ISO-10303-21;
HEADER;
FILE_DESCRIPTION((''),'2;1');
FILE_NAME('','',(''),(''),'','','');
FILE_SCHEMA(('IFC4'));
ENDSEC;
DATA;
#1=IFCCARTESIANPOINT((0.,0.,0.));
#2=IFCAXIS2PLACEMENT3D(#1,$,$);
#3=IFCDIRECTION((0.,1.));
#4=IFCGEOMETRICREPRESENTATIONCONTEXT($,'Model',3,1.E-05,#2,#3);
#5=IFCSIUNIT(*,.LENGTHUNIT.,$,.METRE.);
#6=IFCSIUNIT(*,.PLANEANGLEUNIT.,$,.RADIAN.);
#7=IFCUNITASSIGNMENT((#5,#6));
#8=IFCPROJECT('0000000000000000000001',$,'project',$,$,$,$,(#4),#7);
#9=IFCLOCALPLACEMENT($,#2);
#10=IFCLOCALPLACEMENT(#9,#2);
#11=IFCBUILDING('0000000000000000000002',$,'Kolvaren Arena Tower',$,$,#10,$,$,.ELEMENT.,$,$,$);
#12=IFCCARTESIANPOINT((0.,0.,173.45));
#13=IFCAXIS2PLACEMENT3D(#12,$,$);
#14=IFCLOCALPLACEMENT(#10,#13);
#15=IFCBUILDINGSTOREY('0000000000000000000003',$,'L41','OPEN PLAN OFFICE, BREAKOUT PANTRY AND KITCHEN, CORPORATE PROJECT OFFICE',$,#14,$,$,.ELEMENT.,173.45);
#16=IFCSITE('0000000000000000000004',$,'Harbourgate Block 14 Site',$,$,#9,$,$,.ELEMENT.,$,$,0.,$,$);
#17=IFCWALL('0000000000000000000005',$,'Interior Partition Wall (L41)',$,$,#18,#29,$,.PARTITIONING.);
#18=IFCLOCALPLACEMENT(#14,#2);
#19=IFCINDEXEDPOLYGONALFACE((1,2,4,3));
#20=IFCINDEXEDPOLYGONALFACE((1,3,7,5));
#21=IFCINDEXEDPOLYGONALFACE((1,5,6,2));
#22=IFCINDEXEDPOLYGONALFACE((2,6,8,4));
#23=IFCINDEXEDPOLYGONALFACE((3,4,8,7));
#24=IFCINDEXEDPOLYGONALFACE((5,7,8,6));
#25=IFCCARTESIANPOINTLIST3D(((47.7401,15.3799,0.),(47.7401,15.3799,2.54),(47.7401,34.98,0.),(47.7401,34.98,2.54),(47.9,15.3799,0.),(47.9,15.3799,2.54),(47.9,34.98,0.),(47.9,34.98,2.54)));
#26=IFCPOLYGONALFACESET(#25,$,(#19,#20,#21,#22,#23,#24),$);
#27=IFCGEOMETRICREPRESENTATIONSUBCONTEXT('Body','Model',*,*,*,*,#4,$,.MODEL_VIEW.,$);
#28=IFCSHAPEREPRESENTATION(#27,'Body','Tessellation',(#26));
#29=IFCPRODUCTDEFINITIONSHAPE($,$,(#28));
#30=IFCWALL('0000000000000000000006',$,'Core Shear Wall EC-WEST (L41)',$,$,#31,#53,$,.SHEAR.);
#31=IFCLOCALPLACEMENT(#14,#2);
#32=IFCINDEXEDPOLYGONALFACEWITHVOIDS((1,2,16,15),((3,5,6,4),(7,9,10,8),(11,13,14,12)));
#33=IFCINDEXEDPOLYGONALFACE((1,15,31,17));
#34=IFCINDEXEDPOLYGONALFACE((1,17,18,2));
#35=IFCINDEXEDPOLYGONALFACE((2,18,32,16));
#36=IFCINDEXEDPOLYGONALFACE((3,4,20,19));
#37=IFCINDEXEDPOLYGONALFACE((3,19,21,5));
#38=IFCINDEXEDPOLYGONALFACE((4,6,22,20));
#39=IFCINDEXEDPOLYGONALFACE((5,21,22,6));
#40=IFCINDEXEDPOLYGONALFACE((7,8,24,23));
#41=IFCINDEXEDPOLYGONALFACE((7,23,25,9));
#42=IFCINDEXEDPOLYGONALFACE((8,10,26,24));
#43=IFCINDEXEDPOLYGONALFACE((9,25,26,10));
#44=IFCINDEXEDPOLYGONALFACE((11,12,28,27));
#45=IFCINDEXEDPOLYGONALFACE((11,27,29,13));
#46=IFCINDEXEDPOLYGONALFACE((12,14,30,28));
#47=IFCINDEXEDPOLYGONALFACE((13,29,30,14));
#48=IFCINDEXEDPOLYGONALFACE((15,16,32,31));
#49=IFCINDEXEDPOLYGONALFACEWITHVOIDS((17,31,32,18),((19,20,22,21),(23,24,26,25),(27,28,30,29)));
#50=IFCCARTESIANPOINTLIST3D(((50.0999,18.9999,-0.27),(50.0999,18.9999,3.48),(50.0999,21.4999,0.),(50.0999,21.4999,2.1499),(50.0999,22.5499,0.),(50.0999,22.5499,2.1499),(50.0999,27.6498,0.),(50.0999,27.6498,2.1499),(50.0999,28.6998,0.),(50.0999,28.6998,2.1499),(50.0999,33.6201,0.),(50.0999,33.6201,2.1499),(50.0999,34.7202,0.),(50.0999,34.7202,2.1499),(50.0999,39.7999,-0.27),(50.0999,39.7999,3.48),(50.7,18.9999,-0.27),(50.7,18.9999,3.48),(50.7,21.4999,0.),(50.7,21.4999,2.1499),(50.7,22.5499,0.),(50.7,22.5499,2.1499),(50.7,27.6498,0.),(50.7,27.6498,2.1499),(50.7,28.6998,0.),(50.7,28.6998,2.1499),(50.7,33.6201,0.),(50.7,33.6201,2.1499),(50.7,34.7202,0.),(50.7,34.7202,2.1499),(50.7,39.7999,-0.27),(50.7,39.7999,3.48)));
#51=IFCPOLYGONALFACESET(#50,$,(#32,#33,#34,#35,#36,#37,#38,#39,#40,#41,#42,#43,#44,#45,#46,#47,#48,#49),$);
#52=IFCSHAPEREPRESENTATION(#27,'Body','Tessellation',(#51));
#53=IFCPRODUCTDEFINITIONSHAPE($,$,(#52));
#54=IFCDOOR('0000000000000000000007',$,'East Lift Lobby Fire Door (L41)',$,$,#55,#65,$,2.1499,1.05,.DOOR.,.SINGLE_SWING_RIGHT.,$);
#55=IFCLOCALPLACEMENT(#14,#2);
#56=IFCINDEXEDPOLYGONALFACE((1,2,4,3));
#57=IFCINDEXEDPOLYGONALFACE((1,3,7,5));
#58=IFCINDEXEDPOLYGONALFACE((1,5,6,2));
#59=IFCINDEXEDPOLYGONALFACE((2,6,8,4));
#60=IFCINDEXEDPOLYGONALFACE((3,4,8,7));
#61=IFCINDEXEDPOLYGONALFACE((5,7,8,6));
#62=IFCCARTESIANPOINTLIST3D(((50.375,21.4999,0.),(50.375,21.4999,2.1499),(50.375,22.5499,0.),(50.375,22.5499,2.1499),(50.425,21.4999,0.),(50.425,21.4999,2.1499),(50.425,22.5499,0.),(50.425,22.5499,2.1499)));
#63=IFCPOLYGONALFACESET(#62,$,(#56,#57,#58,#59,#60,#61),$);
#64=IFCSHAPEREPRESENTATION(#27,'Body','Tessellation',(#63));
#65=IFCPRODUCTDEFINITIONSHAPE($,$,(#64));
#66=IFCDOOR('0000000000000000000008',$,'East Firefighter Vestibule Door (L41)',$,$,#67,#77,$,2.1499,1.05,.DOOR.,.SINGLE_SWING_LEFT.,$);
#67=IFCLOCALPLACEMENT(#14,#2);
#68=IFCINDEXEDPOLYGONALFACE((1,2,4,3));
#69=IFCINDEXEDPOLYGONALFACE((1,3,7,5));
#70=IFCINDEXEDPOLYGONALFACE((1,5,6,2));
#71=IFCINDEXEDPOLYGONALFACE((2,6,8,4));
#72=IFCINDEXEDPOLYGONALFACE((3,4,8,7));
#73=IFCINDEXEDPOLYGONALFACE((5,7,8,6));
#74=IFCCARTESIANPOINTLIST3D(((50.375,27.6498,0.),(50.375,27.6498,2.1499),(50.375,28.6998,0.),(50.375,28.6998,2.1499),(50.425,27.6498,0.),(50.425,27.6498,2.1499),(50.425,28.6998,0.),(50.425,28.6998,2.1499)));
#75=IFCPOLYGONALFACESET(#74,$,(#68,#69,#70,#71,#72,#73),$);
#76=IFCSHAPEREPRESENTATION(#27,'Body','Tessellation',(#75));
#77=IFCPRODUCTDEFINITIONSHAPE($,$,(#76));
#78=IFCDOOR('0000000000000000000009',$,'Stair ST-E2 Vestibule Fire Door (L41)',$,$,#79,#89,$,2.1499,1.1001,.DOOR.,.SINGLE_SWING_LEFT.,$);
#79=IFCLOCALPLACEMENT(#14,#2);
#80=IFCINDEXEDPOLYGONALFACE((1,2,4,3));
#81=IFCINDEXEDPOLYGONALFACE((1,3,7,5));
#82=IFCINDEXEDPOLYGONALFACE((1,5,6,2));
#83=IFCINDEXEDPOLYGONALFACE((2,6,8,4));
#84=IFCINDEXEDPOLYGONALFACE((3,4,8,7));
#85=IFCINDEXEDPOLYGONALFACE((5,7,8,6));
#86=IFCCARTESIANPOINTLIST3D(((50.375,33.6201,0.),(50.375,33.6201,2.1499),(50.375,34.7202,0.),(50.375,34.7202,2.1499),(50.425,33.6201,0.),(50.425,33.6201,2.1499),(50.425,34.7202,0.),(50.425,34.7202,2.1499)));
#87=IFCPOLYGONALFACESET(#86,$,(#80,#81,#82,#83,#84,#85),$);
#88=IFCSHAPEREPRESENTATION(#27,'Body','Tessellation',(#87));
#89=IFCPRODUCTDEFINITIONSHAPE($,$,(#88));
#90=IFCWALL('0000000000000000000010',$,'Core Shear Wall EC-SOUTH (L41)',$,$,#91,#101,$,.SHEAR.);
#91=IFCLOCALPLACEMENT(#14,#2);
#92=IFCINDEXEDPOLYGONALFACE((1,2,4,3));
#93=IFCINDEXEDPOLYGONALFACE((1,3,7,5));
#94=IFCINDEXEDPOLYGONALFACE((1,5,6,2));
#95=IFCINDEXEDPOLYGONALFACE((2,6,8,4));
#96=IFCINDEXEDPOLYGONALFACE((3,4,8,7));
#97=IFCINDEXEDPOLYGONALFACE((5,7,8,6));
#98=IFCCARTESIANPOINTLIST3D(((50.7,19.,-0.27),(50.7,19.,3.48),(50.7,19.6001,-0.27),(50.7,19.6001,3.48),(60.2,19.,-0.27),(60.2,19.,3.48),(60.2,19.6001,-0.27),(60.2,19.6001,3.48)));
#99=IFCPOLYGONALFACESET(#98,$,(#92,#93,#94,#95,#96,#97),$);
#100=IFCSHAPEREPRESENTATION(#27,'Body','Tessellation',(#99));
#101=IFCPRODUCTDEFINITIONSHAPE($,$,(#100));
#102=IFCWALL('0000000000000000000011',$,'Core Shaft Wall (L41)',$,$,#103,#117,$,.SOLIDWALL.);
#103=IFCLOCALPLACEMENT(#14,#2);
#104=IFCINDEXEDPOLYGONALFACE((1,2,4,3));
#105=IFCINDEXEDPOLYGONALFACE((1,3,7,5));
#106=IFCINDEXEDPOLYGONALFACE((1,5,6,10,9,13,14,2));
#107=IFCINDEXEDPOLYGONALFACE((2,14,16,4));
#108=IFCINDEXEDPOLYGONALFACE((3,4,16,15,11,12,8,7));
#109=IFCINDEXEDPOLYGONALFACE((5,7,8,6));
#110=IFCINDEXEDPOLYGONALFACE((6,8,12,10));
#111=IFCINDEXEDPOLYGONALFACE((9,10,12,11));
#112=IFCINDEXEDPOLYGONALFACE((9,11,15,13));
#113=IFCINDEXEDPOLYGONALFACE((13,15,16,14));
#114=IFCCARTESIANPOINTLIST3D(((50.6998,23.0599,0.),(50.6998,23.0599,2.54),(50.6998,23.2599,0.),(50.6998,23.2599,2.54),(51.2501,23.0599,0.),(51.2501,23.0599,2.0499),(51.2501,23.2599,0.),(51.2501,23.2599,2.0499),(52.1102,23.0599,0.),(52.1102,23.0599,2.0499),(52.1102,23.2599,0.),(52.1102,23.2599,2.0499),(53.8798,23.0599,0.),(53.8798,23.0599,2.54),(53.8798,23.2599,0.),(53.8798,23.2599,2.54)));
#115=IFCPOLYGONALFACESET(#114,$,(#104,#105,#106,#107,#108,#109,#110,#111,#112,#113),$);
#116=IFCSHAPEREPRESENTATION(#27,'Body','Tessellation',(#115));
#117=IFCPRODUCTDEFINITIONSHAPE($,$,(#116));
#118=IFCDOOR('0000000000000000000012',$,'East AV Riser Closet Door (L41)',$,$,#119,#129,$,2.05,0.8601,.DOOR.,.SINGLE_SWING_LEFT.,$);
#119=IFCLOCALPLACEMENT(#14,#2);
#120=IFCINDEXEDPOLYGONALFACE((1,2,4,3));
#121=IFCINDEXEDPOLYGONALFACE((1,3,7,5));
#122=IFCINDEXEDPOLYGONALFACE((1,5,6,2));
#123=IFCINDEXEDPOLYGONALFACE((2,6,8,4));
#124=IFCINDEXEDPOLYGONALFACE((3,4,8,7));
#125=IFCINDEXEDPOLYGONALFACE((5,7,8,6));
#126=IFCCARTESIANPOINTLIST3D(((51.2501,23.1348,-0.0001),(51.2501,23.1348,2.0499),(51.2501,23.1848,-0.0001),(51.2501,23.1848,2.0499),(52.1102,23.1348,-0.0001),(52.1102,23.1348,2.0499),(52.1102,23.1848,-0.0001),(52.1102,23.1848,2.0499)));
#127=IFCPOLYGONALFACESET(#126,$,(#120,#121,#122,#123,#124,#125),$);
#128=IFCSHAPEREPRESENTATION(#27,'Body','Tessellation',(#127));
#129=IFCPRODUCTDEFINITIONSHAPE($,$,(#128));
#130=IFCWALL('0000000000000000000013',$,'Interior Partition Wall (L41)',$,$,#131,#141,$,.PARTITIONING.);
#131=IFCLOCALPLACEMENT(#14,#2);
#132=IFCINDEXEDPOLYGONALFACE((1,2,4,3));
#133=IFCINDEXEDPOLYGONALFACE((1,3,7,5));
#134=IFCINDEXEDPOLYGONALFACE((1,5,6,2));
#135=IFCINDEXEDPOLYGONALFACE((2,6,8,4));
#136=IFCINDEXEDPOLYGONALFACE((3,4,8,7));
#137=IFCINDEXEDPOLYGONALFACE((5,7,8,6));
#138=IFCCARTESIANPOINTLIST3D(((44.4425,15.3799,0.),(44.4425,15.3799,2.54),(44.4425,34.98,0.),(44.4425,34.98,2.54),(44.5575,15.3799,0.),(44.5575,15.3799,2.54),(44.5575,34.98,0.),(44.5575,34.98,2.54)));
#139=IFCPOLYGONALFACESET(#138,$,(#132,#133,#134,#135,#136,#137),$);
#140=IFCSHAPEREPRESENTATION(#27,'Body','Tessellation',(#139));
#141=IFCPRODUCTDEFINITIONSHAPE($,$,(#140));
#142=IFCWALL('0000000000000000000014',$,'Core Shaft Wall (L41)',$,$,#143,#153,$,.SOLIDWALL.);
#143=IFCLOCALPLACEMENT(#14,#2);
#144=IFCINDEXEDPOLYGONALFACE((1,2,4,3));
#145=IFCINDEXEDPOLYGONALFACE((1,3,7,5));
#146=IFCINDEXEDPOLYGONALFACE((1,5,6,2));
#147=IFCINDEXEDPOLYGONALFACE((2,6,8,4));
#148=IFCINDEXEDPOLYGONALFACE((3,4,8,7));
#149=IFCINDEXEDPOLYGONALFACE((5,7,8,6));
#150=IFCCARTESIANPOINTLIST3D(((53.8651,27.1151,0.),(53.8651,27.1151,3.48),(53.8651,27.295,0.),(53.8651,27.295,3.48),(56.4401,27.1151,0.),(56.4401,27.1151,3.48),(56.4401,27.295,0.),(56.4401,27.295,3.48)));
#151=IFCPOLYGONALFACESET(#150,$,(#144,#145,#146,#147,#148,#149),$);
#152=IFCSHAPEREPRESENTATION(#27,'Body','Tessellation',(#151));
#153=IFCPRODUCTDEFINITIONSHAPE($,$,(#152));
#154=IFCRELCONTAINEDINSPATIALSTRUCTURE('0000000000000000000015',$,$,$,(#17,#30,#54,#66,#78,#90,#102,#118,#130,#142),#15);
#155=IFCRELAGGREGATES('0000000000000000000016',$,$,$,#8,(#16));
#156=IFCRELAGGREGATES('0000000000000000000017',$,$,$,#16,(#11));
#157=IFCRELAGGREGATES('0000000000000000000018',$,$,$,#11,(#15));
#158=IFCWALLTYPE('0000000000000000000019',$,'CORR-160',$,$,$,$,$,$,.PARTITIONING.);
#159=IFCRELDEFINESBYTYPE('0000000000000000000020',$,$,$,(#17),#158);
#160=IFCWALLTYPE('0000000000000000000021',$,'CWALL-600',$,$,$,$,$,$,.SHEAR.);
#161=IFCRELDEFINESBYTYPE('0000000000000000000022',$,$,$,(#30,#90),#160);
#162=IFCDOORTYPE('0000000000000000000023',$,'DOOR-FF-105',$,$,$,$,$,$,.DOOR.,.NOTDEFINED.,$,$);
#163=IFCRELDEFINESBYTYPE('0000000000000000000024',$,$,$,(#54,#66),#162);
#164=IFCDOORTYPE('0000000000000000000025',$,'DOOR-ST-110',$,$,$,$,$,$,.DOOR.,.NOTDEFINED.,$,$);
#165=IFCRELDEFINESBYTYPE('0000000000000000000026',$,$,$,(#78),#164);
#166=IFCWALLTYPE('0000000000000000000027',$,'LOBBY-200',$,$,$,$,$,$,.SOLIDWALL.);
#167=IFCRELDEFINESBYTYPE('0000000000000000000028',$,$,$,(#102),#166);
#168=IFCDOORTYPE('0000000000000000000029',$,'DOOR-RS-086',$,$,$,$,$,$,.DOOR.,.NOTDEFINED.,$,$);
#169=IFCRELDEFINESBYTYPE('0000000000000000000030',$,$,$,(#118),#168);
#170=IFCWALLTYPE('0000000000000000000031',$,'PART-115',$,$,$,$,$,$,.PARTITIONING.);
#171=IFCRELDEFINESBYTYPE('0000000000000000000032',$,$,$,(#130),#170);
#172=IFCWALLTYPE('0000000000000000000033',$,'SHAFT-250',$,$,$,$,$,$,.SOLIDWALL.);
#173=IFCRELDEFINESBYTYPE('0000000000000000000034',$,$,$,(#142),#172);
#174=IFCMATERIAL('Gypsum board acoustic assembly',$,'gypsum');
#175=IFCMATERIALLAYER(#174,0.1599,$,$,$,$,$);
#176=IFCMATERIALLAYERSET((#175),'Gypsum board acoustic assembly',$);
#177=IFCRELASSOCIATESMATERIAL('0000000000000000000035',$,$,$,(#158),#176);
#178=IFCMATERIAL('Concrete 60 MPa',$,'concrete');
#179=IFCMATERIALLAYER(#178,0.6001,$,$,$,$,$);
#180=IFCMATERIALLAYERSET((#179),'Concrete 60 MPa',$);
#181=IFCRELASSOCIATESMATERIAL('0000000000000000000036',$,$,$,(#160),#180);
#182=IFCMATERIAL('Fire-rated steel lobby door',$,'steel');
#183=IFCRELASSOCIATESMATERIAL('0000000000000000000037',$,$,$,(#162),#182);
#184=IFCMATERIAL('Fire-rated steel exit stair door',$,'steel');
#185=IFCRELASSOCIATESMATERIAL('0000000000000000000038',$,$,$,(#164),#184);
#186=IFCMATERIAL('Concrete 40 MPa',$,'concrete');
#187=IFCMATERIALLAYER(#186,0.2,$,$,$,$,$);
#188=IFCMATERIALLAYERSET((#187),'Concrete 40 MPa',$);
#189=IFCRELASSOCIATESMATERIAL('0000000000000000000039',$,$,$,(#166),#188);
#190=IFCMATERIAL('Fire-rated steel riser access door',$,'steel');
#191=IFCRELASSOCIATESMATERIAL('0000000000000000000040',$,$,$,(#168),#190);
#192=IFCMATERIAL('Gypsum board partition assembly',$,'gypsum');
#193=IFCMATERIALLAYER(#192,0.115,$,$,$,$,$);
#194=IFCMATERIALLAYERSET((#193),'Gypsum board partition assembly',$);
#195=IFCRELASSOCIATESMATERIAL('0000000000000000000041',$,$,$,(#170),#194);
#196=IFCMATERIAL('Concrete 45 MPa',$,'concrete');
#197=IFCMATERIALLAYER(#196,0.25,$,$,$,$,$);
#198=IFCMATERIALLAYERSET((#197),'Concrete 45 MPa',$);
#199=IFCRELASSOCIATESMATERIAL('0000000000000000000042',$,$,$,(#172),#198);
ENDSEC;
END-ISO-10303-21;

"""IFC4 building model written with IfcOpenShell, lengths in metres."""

from ifc_helpers import new_model, si_unit, direction, frame, frame_2d, origin, place, context, subcontext, project, spatial, rectangle, extrude, material, layer, layer_set, type_object, element, fill, save


model = new_model("IFC4")

# Units and contexts
model_context = context("Model", 3, precision=1e-05, world=origin(), true_north=direction((0.0, 1.0)))
body_context = subcontext(model_context, "Body", "Model", "MODEL_VIEW")
ifc_project = project(units=[si_unit("LENGTHUNIT", "METRE"), si_unit("PLANEANGLEUNIT", "RADIAN")], contexts=[model_context])

# Site, building, storey
site_placement = place(None, origin())
site = spatial("IfcSite", under=ifc_project, at=site_placement, Name="Harbourgate Block 14 Site", CompositionType="ELEMENT", RefElevation=0.0)
building_placement = place(site_placement, origin())
building = spatial("IfcBuilding", under=site, at=building_placement, Name="Kolvaren Arena Tower", CompositionType="ELEMENT")
storey_placement = place(building_placement, frame((0.0, 0.0, 173.45)))
storey = spatial("IfcBuildingStorey", under=building, at=storey_placement, Name="L41", Description="OPEN PLAN OFFICE, BREAKOUT PANTRY AND KITCHEN, CORPORATE PROJECT OFFICE", CompositionType="ELEMENT", Elevation=173.45)

# Wall
ifc_material_1 = material(Name="Gypsum board acoustic assembly", Category="gypsum")
ifc_layer_1 = layer(ifc_material_1, 0.1599)
ifc_layer_set_1 = layer_set([ifc_layer_1], Name="Gypsum board acoustic assembly")
wall_type_1 = type_object("IfcWallType", Name="CORR-160", PredefinedType="PARTITIONING", material=ifc_layer_set_1)
wall_1_placement = place(storey_placement, frame((47.8201, 15.3799, 0.0), z_axis=(0.0, 0.0, 1.0), x_axis=(0.0, 1.0, 0.0)))
element("IfcWall", 1, at=wall_1_placement, inside=storey, type_object=wall_type_1, Name="Interior Partition Wall (L41)", PredefinedType="PARTITIONING", context=body_context, shape_type="SweptSolid", body=[
    extrude(rectangle(XDim=19.6001, YDim=0.1599, at=frame_2d((9.8, 0.0))), origin(), (0.0, 0.0, 1.0), 2.54),
])

# Wall, openings, doors
ifc_material_2 = material(Name="Concrete 60 MPa", Category="concrete")
ifc_layer_2 = layer(ifc_material_2, 0.6001)
ifc_layer_set_2 = layer_set([ifc_layer_2], Name="Concrete 60 MPa")
wall_type_2 = type_object("IfcWallType", Name="CWALL-600", PredefinedType="SHEAR", material=ifc_layer_set_2)
wall_2_placement = place(storey_placement, frame((50.3999, 19.0, -0.27), z_axis=(0.0, 0.0, 1.0), x_axis=(0.0, 1.0, 0.0)))
wall_2 = element("IfcWall", 2, at=wall_2_placement, inside=storey, type_object=wall_type_2, Name="Core Shear Wall EC-WEST (L41)", PredefinedType="SHEAR", context=body_context, shape_type="SweptSolid", body=[
    extrude(rectangle(XDim=20.8, YDim=0.6001, at=frame_2d((10.3999, 0.0))), origin(), (0.0, 0.0, 1.0), 3.75),
])
opening_1_placement = place(wall_2_placement, frame((2.5, 0.0, 0.27)))
opening_1 = element("IfcOpeningElement", 3, at=opening_1_placement, cuts=wall_2, PredefinedType="OPENING", context=body_context, shape_type="SweptSolid", body=[
    extrude(rectangle(XDim=1.05, YDim=2.1499, at=frame_2d((0.5249, 1.075))), frame((0.0, 0.3101, 0.0), z_axis=(0.0, -1.0, 0.0), x_axis=(1.0, 0.0, 0.0)), (0.0, 0.0, 1.0), 0.6201),
])
opening_2_placement = place(wall_2_placement, frame((8.6499, 0.0, 0.27)))
opening_2 = element("IfcOpeningElement", 4, at=opening_2_placement, cuts=wall_2, PredefinedType="OPENING", context=body_context, shape_type="SweptSolid", body=[
    extrude(rectangle(XDim=1.05, YDim=2.1499, at=frame_2d((0.5249, 1.075))), frame((0.0, 0.3101, 0.0), z_axis=(0.0, -1.0, 0.0), x_axis=(1.0, 0.0, 0.0)), (0.0, 0.0, 1.0), 0.6201),
])
opening_3_placement = place(wall_2_placement, frame((14.6201, 0.0, 0.27)))
opening_3 = element("IfcOpeningElement", 5, at=opening_3_placement, cuts=wall_2, PredefinedType="OPENING", context=body_context, shape_type="SweptSolid", body=[
    extrude(rectangle(XDim=1.1001, YDim=2.1499, at=frame_2d((0.55, 1.075))), frame((0.0, 0.3101, 0.0), z_axis=(0.0, -1.0, 0.0), x_axis=(1.0, 0.0, 0.0)), (0.0, 0.0, 1.0), 0.6201),
])
ifc_material_3 = material(Name="Fire-rated steel lobby door", Category="steel")
door_type_1 = type_object("IfcDoorType", Name="DOOR-FF-105", OperationType="NOTDEFINED", PredefinedType="DOOR", material=ifc_material_3)
door_1_placement = place(opening_1_placement, origin())
door_1 = element("IfcDoor", 6, at=door_1_placement, inside=storey, type_object=door_type_1, Name="East Lift Lobby Fire Door (L41)", OperationType="SINGLE_SWING_RIGHT", OverallHeight=2.1499, OverallWidth=1.05, PredefinedType="DOOR", context=body_context, shape_type="SweptSolid", body=[
    extrude(rectangle(XDim=1.05, YDim=2.1499, at=frame_2d((0.5249, 1.075))), frame((0.0, 0.0249, 0.0), z_axis=(0.0, -1.0, 0.0), x_axis=(1.0, 0.0, 0.0)), (0.0, 0.0, 1.0), 0.05),
])
fill(opening_1, door_1)
door_2_placement = place(opening_2_placement, origin())
door_2 = element("IfcDoor", 7, at=door_2_placement, inside=storey, type_object=door_type_1, Name="East Firefighter Vestibule Door (L41)", OperationType="SINGLE_SWING_LEFT", OverallHeight=2.1499, OverallWidth=1.05, PredefinedType="DOOR", context=body_context, shape_type="SweptSolid", body=[
    extrude(rectangle(XDim=1.05, YDim=2.1499, at=frame_2d((0.5249, 1.075))), frame((0.0, 0.0249, 0.0), z_axis=(0.0, -1.0, 0.0), x_axis=(1.0, 0.0, 0.0)), (0.0, 0.0, 1.0), 0.05),
])
fill(opening_2, door_2)
ifc_material_4 = material(Name="Fire-rated steel exit stair door", Category="steel")
door_type_2 = type_object("IfcDoorType", Name="DOOR-ST-110", OperationType="NOTDEFINED", PredefinedType="DOOR", material=ifc_material_4)
door_3_placement = place(opening_3_placement, origin())
door_3 = element("IfcDoor", 8, at=door_3_placement, inside=storey, type_object=door_type_2, Name="Stair ST-E2 Vestibule Fire Door (L41)", OperationType="SINGLE_SWING_LEFT", OverallHeight=2.1499, OverallWidth=1.1001, PredefinedType="DOOR", context=body_context, shape_type="SweptSolid", body=[
    extrude(rectangle(XDim=1.1001, YDim=2.1499, at=frame_2d((0.55, 1.075))), frame((0.0, 0.0249, 0.0), z_axis=(0.0, -1.0, 0.0), x_axis=(1.0, 0.0, 0.0)), (0.0, 0.0, 1.0), 0.05),
])
fill(opening_3, door_3)

# Wall
wall_3_placement = place(storey_placement, frame((50.7, 19.3, -0.27), z_axis=(0.0, 0.0, 1.0), x_axis=(1.0, 0.0, 0.0)))
element("IfcWall", 9, at=wall_3_placement, inside=storey, type_object=wall_type_2, Name="Core Shear Wall EC-SOUTH (L41)", PredefinedType="SHEAR", context=body_context, shape_type="SweptSolid", body=[
    extrude(rectangle(XDim=9.5, YDim=0.6001, at=frame_2d((4.75, 0.0))), origin(), (0.0, 0.0, 1.0), 3.75),
])

# Shared definitions
ifc_material_5 = material(Name="Concrete 40 MPa", Category="concrete")
ifc_layer_3 = layer(ifc_material_5, 0.2)
ifc_layer_set_3 = layer_set([ifc_layer_3], Name="Concrete 40 MPa")
wall_type_3 = type_object("IfcWallType", Name="LOBBY-200", PredefinedType="SOLIDWALL", material=ifc_layer_set_3)

# Wall, opening, door
wall_4_placement = place(storey_placement, frame((50.7, 23.1599, 0.0), z_axis=(0.0, 0.0, 1.0), x_axis=(1.0, 0.0, 0.0)))
wall_4 = element("IfcWall", 10, at=wall_4_placement, inside=storey, type_object=wall_type_3, Name="Core Shaft Wall (L41)", PredefinedType="SOLIDWALL", context=body_context, shape_type="SweptSolid", body=[
    extrude(rectangle(XDim=3.1799, YDim=0.2, at=frame_2d((1.5898, 0.0))), origin(), (0.0, 0.0, 1.0), 2.54),
])
opening_4_placement = place(wall_4_placement, frame((0.55, 0.0, 0.0)))
opening_4 = element("IfcOpeningElement", 11, at=opening_4_placement, cuts=wall_4, PredefinedType="OPENING", context=body_context, shape_type="SweptSolid", body=[
    extrude(rectangle(XDim=0.8601, YDim=2.05, at=frame_2d((0.4302, 1.0249))), frame((0.0, 0.1099, 0.0), z_axis=(0.0, -1.0, 0.0), x_axis=(1.0, 0.0, 0.0)), (0.0, 0.0, 1.0), 0.22),
])
ifc_material_6 = material(Name="Fire-rated steel riser access door", Category="steel")
door_type_3 = type_object("IfcDoorType", Name="DOOR-RS-086", OperationType="NOTDEFINED", PredefinedType="DOOR", material=ifc_material_6)
door_4_placement = place(opening_4_placement, origin())
door_4 = element("IfcDoor", 12, at=door_4_placement, inside=storey, type_object=door_type_3, Name="East AV Riser Closet Door (L41)", OperationType="SINGLE_SWING_LEFT", OverallHeight=2.05, OverallWidth=0.8601, PredefinedType="DOOR", context=body_context, shape_type="SweptSolid", body=[
    extrude(rectangle(XDim=0.8601, YDim=2.05, at=frame_2d((0.4302, 1.0249))), frame((0.0, 0.0249, 0.0), z_axis=(0.0, -1.0, 0.0), x_axis=(1.0, 0.0, 0.0)), (0.0, 0.0, 1.0), 0.05),
])
fill(opening_4, door_4)

# Walls
ifc_material_7 = material(Name="Gypsum board partition assembly", Category="gypsum")
ifc_layer_4 = layer(ifc_material_7, 0.115)
ifc_layer_set_4 = layer_set([ifc_layer_4], Name="Gypsum board partition assembly")
wall_type_4 = type_object("IfcWallType", Name="PART-115", PredefinedType="PARTITIONING", material=ifc_layer_set_4)
wall_5_placement = place(storey_placement, frame((44.5, 15.3799, 0.0), z_axis=(0.0, 0.0, 1.0), x_axis=(0.0, 1.0, 0.0)))
element("IfcWall", 13, at=wall_5_placement, inside=storey, type_object=wall_type_4, Name="Interior Partition Wall (L41)", PredefinedType="PARTITIONING", context=body_context, shape_type="SweptSolid", body=[
    extrude(rectangle(XDim=19.6001, YDim=0.115, at=frame_2d((9.8, 0.0))), origin(), (0.0, 0.0, 1.0), 2.54),
])
ifc_material_8 = material(Name="Concrete 45 MPa", Category="concrete")
ifc_layer_5 = layer(ifc_material_8, 0.25)
ifc_layer_set_5 = layer_set([ifc_layer_5], Name="Concrete 45 MPa")
wall_type_5 = type_object("IfcWallType", Name="SHAFT-250", PredefinedType="SOLIDWALL", material=ifc_layer_set_5)
wall_6_placement = place(storey_placement, frame((53.865, 27.2051, 0.0), z_axis=(0.0, 0.0, 1.0), x_axis=(1.0, 0.0, 0.0)))
element("IfcWall", 14, at=wall_6_placement, inside=storey, type_object=wall_type_5, Name="Core Shaft Wall (L41)", PredefinedType="SOLIDWALL", context=body_context, shape_type="SweptSolid", body=[
    extrude(rectangle(XDim=2.575, YDim=0.1799, at=frame_2d((1.2876, 0.0))), origin(), (0.0, 0.0, 1.0), 3.48),
])

save(model, "model.ifc")
